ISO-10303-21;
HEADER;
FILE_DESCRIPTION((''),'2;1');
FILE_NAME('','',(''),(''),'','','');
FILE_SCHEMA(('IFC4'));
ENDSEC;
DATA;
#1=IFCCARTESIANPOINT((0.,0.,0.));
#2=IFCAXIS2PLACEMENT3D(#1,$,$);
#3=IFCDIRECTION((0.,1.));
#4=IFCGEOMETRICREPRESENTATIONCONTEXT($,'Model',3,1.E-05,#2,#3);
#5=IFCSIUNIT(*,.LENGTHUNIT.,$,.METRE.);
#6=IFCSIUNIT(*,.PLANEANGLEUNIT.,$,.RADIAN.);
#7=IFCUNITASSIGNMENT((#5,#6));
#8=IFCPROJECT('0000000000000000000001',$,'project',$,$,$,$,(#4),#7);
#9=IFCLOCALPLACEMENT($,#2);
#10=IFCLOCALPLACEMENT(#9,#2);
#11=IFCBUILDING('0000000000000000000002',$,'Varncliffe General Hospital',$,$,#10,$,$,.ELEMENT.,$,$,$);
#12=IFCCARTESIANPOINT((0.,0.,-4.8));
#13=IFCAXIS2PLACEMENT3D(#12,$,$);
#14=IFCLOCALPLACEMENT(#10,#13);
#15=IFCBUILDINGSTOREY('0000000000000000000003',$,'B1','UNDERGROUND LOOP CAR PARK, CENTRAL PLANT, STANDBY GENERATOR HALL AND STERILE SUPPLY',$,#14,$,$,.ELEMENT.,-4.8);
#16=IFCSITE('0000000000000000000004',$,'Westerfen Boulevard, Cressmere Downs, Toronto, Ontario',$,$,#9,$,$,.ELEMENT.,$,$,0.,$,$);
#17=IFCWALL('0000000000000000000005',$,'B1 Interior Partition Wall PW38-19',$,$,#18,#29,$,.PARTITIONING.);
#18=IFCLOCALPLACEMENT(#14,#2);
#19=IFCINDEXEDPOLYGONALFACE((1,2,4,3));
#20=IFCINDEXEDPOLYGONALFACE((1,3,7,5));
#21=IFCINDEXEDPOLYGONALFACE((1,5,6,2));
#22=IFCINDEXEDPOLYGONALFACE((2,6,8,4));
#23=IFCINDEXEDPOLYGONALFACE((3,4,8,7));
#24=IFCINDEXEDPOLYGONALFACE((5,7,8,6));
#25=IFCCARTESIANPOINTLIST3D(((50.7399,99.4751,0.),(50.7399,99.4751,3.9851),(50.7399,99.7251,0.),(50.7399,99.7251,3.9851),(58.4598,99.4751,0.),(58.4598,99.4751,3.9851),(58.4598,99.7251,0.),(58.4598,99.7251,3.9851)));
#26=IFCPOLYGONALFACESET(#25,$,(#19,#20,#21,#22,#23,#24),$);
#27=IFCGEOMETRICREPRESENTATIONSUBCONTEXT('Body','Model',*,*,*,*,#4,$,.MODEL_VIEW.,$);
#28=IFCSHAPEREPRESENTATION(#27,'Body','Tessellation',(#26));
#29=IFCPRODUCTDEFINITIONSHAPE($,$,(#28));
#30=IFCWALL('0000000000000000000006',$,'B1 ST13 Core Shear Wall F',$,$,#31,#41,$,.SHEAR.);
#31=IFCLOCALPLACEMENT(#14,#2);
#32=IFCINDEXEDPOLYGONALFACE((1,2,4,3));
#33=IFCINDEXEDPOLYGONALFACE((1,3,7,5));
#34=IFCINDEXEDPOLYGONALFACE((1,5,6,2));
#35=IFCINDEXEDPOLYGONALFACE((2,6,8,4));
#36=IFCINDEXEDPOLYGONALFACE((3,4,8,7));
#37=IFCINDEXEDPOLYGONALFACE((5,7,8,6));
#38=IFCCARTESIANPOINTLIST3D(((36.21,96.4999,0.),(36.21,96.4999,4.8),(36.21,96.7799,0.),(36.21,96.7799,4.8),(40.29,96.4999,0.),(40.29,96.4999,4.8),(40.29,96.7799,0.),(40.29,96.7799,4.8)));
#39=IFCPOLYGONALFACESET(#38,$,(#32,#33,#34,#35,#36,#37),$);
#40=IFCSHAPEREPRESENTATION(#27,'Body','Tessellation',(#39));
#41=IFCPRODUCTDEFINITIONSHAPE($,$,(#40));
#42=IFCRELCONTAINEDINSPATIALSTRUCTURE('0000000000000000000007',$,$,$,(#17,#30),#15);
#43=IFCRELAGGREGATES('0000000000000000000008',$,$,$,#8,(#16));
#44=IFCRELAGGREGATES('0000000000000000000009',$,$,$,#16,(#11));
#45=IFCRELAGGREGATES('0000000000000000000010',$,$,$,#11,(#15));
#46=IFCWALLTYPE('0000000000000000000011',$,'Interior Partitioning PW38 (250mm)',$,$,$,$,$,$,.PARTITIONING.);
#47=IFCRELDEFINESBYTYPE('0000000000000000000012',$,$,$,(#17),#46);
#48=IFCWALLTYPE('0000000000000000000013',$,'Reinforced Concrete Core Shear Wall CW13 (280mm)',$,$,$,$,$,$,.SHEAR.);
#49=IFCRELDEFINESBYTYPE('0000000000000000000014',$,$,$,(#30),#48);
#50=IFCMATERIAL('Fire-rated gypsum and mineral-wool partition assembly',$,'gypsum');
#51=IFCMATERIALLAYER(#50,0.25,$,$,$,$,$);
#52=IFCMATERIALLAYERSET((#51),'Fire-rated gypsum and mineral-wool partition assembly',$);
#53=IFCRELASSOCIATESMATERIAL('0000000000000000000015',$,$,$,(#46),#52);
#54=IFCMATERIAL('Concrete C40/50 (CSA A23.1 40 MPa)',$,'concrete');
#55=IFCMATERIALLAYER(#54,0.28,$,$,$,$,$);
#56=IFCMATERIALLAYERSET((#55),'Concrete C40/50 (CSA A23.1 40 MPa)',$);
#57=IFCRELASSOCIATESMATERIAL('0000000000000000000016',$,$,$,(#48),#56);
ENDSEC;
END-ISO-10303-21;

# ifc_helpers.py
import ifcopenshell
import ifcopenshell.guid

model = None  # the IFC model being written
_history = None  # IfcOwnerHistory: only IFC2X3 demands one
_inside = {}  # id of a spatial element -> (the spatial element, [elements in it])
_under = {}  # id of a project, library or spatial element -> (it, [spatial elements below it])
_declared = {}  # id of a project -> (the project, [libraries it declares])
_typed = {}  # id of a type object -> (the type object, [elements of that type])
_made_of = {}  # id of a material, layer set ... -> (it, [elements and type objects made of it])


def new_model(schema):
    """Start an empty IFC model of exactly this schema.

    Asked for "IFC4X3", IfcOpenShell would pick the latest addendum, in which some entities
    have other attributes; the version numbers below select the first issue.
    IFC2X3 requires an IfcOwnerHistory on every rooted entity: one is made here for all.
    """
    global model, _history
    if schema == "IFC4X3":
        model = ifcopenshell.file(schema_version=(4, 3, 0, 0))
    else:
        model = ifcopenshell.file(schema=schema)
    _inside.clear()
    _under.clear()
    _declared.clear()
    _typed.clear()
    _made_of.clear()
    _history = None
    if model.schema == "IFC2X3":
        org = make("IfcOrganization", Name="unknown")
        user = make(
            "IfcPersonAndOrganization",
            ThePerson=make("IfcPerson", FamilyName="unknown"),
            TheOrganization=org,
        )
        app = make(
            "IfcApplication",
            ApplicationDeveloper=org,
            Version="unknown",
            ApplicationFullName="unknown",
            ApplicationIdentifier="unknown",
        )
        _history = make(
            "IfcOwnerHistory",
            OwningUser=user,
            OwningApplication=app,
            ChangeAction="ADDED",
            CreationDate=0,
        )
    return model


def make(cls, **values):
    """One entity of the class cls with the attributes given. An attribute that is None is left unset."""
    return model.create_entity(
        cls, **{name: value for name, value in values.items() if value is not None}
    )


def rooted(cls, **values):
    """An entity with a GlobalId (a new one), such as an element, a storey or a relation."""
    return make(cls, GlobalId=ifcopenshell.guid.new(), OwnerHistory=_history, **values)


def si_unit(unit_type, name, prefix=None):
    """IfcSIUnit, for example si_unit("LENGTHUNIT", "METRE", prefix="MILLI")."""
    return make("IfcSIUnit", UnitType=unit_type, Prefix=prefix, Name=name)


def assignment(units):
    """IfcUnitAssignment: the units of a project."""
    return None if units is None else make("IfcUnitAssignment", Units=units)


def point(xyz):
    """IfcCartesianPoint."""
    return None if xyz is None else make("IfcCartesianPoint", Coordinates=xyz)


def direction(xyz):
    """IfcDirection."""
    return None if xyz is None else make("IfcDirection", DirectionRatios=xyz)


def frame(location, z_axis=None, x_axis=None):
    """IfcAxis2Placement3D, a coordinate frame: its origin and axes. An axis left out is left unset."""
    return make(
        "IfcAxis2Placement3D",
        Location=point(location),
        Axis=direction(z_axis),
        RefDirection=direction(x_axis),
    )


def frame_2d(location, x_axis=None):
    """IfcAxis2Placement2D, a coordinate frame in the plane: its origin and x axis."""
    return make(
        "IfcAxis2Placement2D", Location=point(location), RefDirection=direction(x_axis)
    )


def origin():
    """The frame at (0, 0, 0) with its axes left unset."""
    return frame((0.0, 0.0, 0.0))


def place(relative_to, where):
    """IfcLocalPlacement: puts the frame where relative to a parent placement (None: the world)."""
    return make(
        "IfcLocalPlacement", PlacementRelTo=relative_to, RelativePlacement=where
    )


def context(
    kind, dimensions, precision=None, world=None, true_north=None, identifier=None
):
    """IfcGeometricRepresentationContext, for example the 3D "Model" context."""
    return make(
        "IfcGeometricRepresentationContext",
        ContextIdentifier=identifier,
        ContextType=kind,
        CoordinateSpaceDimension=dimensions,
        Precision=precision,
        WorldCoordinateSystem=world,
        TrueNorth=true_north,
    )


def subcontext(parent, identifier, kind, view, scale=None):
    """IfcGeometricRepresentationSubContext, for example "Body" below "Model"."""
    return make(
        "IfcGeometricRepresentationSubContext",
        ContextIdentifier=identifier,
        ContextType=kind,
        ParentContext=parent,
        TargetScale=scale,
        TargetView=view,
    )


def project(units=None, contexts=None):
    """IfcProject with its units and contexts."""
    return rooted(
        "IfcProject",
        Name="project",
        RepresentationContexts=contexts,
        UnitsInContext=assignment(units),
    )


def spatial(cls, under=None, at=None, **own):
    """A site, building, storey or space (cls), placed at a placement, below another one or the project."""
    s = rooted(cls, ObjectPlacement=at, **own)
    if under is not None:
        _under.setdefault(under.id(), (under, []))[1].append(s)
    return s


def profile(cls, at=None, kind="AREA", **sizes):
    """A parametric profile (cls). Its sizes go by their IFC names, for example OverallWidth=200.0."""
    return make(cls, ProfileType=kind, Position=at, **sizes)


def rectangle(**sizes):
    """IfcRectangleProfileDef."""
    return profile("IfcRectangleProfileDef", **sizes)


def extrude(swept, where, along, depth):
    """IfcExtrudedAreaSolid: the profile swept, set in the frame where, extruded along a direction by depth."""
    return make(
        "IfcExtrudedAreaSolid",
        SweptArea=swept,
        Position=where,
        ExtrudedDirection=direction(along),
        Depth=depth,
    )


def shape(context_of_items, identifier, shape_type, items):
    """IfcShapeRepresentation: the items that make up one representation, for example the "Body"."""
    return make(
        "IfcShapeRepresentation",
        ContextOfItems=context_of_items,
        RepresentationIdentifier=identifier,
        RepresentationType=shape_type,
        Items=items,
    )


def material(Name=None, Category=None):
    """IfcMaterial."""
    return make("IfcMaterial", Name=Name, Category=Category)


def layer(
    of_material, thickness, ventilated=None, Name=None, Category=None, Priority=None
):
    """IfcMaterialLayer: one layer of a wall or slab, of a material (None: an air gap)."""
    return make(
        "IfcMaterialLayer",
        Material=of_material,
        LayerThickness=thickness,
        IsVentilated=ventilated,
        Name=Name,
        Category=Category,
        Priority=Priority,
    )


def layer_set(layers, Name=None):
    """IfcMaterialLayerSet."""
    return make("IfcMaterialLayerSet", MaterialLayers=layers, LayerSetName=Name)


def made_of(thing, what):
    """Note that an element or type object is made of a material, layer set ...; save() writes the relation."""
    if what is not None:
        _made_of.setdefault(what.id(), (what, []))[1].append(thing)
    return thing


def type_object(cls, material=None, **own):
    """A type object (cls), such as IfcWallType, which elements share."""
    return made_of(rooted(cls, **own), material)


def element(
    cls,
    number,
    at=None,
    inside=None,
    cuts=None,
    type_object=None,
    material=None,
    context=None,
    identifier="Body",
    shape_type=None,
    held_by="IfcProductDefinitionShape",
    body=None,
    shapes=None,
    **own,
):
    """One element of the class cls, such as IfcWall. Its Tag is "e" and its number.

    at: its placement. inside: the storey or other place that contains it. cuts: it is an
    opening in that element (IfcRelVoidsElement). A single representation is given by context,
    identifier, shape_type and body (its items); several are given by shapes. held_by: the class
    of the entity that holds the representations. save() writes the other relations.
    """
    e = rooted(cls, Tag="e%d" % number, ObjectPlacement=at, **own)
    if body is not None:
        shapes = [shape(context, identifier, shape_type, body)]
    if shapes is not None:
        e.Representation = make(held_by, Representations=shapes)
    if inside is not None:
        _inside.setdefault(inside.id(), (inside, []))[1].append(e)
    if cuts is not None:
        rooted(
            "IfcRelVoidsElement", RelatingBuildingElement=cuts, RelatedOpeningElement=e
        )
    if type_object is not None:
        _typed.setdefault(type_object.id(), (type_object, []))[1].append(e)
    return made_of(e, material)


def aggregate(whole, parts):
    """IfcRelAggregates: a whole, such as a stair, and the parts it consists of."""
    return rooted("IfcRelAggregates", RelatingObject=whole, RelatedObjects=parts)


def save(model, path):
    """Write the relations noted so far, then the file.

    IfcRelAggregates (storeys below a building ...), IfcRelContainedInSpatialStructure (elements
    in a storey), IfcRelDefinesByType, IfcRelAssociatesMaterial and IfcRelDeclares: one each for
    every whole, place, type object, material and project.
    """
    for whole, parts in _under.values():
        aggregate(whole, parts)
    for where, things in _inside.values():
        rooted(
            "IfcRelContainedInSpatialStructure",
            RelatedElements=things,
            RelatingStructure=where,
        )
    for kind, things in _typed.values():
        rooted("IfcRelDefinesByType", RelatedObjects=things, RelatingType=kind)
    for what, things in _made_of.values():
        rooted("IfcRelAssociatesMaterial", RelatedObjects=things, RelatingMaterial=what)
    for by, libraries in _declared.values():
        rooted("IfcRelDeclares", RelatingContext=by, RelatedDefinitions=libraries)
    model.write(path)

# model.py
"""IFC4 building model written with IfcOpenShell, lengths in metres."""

from ifc_helpers import new_model, si_unit, direction, frame, frame_2d, origin, place, context, subcontext, project, spatial, rectangle, extrude, material, layer, layer_set, type_object, element, save


model = new_model("IFC4")

# Units and contexts
model_context = context("Model", 3, precision=1e-05, world=origin(), true_north=direction((0.0, 1.0)))
body_context = subcontext(model_context, "Body", "Model", "MODEL_VIEW")
ifc_project = project(units=[si_unit("LENGTHUNIT", "METRE"), si_unit("PLANEANGLEUNIT", "RADIAN")], contexts=[model_context])

# Site, building, storey
site_placement = place(None, origin())
site = spatial("IfcSite", under=ifc_project, at=site_placement, Name="Westerfen Boulevard, Cressmere Downs, Toronto, Ontario", CompositionType="ELEMENT", RefElevation=0.0)
building_placement = place(site_placement, origin())
building = spatial("IfcBuilding", under=site, at=building_placement, Name="Varncliffe General Hospital", CompositionType="ELEMENT")
storey_placement = place(building_placement, frame((0.0, 0.0, -4.8)))
storey = spatial("IfcBuildingStorey", under=building, at=storey_placement, Name="B1", Description="UNDERGROUND LOOP CAR PARK, CENTRAL PLANT, STANDBY GENERATOR HALL AND STERILE SUPPLY", CompositionType="ELEMENT", Elevation=-4.8)

# Shared definitions
ifc_material_1 = material(Name="Concrete C40/50 (CSA A23.1 40 MPa)", Category="concrete")

# Walls
ifc_material_2 = material(Name="Fire-rated gypsum and mineral-wool partition assembly", Category="gypsum")
ifc_layer_1 = layer(ifc_material_2, 0.25)
ifc_layer_set_1 = layer_set([ifc_layer_1], Name="Fire-rated gypsum and mineral-wool partition assembly")
wall_type_1 = type_object("IfcWallType", Name="Interior Partitioning PW38 (250mm)", PredefinedType="PARTITIONING", material=ifc_layer_set_1)
for number, where, z_axis, x_axis, name in (
    (1, (50.74, 99.6001, 0.0), (0.0, 0.0, 1.0), (1.0, 0.0, 0.0), "B1 Interior Partition Wall PW38-19"),
):
    element("IfcWall", number, at=place(storey_placement, frame(where, z_axis=z_axis, x_axis=x_axis)), inside=storey, type_object=wall_type_1, Name=name, PredefinedType="PARTITIONING", context=body_context, shape_type="SweptSolid", body=[
        extrude(rectangle(XDim=7.72, YDim=0.25, at=frame_2d((3.8599, 0.0))), origin(), (0.0, 0.0, 1.0), 3.9851),
    ])
ifc_layer_2 = layer(ifc_material_1, 0.28)
ifc_layer_set_2 = layer_set([ifc_layer_2], Name="Concrete C40/50 (CSA A23.1 40 MPa)")
wall_type_2 = type_object("IfcWallType", Name="Reinforced Concrete Core Shear Wall CW13 (280mm)", PredefinedType="SHEAR", material=ifc_layer_set_2)
wall_placement = place(storey_placement, frame((40.29, 96.6399, 0.0), z_axis=(0.0, 0.0, 1.0), x_axis=(-1.0, 0.0, 0.0)))
element("IfcWall", 2, at=wall_placement, inside=storey, type_object=wall_type_2, Name="B1 ST13 Core Shear Wall F", PredefinedType="SHEAR", context=body_context, shape_type="SweptSolid", body=[
    extrude(rectangle(XDim=4.0801, YDim=0.28, at=frame_2d((2.04, 0.0))), origin(), (0.0, 0.0, 1.0), 4.8),
])

save(model, "model.ifc")
